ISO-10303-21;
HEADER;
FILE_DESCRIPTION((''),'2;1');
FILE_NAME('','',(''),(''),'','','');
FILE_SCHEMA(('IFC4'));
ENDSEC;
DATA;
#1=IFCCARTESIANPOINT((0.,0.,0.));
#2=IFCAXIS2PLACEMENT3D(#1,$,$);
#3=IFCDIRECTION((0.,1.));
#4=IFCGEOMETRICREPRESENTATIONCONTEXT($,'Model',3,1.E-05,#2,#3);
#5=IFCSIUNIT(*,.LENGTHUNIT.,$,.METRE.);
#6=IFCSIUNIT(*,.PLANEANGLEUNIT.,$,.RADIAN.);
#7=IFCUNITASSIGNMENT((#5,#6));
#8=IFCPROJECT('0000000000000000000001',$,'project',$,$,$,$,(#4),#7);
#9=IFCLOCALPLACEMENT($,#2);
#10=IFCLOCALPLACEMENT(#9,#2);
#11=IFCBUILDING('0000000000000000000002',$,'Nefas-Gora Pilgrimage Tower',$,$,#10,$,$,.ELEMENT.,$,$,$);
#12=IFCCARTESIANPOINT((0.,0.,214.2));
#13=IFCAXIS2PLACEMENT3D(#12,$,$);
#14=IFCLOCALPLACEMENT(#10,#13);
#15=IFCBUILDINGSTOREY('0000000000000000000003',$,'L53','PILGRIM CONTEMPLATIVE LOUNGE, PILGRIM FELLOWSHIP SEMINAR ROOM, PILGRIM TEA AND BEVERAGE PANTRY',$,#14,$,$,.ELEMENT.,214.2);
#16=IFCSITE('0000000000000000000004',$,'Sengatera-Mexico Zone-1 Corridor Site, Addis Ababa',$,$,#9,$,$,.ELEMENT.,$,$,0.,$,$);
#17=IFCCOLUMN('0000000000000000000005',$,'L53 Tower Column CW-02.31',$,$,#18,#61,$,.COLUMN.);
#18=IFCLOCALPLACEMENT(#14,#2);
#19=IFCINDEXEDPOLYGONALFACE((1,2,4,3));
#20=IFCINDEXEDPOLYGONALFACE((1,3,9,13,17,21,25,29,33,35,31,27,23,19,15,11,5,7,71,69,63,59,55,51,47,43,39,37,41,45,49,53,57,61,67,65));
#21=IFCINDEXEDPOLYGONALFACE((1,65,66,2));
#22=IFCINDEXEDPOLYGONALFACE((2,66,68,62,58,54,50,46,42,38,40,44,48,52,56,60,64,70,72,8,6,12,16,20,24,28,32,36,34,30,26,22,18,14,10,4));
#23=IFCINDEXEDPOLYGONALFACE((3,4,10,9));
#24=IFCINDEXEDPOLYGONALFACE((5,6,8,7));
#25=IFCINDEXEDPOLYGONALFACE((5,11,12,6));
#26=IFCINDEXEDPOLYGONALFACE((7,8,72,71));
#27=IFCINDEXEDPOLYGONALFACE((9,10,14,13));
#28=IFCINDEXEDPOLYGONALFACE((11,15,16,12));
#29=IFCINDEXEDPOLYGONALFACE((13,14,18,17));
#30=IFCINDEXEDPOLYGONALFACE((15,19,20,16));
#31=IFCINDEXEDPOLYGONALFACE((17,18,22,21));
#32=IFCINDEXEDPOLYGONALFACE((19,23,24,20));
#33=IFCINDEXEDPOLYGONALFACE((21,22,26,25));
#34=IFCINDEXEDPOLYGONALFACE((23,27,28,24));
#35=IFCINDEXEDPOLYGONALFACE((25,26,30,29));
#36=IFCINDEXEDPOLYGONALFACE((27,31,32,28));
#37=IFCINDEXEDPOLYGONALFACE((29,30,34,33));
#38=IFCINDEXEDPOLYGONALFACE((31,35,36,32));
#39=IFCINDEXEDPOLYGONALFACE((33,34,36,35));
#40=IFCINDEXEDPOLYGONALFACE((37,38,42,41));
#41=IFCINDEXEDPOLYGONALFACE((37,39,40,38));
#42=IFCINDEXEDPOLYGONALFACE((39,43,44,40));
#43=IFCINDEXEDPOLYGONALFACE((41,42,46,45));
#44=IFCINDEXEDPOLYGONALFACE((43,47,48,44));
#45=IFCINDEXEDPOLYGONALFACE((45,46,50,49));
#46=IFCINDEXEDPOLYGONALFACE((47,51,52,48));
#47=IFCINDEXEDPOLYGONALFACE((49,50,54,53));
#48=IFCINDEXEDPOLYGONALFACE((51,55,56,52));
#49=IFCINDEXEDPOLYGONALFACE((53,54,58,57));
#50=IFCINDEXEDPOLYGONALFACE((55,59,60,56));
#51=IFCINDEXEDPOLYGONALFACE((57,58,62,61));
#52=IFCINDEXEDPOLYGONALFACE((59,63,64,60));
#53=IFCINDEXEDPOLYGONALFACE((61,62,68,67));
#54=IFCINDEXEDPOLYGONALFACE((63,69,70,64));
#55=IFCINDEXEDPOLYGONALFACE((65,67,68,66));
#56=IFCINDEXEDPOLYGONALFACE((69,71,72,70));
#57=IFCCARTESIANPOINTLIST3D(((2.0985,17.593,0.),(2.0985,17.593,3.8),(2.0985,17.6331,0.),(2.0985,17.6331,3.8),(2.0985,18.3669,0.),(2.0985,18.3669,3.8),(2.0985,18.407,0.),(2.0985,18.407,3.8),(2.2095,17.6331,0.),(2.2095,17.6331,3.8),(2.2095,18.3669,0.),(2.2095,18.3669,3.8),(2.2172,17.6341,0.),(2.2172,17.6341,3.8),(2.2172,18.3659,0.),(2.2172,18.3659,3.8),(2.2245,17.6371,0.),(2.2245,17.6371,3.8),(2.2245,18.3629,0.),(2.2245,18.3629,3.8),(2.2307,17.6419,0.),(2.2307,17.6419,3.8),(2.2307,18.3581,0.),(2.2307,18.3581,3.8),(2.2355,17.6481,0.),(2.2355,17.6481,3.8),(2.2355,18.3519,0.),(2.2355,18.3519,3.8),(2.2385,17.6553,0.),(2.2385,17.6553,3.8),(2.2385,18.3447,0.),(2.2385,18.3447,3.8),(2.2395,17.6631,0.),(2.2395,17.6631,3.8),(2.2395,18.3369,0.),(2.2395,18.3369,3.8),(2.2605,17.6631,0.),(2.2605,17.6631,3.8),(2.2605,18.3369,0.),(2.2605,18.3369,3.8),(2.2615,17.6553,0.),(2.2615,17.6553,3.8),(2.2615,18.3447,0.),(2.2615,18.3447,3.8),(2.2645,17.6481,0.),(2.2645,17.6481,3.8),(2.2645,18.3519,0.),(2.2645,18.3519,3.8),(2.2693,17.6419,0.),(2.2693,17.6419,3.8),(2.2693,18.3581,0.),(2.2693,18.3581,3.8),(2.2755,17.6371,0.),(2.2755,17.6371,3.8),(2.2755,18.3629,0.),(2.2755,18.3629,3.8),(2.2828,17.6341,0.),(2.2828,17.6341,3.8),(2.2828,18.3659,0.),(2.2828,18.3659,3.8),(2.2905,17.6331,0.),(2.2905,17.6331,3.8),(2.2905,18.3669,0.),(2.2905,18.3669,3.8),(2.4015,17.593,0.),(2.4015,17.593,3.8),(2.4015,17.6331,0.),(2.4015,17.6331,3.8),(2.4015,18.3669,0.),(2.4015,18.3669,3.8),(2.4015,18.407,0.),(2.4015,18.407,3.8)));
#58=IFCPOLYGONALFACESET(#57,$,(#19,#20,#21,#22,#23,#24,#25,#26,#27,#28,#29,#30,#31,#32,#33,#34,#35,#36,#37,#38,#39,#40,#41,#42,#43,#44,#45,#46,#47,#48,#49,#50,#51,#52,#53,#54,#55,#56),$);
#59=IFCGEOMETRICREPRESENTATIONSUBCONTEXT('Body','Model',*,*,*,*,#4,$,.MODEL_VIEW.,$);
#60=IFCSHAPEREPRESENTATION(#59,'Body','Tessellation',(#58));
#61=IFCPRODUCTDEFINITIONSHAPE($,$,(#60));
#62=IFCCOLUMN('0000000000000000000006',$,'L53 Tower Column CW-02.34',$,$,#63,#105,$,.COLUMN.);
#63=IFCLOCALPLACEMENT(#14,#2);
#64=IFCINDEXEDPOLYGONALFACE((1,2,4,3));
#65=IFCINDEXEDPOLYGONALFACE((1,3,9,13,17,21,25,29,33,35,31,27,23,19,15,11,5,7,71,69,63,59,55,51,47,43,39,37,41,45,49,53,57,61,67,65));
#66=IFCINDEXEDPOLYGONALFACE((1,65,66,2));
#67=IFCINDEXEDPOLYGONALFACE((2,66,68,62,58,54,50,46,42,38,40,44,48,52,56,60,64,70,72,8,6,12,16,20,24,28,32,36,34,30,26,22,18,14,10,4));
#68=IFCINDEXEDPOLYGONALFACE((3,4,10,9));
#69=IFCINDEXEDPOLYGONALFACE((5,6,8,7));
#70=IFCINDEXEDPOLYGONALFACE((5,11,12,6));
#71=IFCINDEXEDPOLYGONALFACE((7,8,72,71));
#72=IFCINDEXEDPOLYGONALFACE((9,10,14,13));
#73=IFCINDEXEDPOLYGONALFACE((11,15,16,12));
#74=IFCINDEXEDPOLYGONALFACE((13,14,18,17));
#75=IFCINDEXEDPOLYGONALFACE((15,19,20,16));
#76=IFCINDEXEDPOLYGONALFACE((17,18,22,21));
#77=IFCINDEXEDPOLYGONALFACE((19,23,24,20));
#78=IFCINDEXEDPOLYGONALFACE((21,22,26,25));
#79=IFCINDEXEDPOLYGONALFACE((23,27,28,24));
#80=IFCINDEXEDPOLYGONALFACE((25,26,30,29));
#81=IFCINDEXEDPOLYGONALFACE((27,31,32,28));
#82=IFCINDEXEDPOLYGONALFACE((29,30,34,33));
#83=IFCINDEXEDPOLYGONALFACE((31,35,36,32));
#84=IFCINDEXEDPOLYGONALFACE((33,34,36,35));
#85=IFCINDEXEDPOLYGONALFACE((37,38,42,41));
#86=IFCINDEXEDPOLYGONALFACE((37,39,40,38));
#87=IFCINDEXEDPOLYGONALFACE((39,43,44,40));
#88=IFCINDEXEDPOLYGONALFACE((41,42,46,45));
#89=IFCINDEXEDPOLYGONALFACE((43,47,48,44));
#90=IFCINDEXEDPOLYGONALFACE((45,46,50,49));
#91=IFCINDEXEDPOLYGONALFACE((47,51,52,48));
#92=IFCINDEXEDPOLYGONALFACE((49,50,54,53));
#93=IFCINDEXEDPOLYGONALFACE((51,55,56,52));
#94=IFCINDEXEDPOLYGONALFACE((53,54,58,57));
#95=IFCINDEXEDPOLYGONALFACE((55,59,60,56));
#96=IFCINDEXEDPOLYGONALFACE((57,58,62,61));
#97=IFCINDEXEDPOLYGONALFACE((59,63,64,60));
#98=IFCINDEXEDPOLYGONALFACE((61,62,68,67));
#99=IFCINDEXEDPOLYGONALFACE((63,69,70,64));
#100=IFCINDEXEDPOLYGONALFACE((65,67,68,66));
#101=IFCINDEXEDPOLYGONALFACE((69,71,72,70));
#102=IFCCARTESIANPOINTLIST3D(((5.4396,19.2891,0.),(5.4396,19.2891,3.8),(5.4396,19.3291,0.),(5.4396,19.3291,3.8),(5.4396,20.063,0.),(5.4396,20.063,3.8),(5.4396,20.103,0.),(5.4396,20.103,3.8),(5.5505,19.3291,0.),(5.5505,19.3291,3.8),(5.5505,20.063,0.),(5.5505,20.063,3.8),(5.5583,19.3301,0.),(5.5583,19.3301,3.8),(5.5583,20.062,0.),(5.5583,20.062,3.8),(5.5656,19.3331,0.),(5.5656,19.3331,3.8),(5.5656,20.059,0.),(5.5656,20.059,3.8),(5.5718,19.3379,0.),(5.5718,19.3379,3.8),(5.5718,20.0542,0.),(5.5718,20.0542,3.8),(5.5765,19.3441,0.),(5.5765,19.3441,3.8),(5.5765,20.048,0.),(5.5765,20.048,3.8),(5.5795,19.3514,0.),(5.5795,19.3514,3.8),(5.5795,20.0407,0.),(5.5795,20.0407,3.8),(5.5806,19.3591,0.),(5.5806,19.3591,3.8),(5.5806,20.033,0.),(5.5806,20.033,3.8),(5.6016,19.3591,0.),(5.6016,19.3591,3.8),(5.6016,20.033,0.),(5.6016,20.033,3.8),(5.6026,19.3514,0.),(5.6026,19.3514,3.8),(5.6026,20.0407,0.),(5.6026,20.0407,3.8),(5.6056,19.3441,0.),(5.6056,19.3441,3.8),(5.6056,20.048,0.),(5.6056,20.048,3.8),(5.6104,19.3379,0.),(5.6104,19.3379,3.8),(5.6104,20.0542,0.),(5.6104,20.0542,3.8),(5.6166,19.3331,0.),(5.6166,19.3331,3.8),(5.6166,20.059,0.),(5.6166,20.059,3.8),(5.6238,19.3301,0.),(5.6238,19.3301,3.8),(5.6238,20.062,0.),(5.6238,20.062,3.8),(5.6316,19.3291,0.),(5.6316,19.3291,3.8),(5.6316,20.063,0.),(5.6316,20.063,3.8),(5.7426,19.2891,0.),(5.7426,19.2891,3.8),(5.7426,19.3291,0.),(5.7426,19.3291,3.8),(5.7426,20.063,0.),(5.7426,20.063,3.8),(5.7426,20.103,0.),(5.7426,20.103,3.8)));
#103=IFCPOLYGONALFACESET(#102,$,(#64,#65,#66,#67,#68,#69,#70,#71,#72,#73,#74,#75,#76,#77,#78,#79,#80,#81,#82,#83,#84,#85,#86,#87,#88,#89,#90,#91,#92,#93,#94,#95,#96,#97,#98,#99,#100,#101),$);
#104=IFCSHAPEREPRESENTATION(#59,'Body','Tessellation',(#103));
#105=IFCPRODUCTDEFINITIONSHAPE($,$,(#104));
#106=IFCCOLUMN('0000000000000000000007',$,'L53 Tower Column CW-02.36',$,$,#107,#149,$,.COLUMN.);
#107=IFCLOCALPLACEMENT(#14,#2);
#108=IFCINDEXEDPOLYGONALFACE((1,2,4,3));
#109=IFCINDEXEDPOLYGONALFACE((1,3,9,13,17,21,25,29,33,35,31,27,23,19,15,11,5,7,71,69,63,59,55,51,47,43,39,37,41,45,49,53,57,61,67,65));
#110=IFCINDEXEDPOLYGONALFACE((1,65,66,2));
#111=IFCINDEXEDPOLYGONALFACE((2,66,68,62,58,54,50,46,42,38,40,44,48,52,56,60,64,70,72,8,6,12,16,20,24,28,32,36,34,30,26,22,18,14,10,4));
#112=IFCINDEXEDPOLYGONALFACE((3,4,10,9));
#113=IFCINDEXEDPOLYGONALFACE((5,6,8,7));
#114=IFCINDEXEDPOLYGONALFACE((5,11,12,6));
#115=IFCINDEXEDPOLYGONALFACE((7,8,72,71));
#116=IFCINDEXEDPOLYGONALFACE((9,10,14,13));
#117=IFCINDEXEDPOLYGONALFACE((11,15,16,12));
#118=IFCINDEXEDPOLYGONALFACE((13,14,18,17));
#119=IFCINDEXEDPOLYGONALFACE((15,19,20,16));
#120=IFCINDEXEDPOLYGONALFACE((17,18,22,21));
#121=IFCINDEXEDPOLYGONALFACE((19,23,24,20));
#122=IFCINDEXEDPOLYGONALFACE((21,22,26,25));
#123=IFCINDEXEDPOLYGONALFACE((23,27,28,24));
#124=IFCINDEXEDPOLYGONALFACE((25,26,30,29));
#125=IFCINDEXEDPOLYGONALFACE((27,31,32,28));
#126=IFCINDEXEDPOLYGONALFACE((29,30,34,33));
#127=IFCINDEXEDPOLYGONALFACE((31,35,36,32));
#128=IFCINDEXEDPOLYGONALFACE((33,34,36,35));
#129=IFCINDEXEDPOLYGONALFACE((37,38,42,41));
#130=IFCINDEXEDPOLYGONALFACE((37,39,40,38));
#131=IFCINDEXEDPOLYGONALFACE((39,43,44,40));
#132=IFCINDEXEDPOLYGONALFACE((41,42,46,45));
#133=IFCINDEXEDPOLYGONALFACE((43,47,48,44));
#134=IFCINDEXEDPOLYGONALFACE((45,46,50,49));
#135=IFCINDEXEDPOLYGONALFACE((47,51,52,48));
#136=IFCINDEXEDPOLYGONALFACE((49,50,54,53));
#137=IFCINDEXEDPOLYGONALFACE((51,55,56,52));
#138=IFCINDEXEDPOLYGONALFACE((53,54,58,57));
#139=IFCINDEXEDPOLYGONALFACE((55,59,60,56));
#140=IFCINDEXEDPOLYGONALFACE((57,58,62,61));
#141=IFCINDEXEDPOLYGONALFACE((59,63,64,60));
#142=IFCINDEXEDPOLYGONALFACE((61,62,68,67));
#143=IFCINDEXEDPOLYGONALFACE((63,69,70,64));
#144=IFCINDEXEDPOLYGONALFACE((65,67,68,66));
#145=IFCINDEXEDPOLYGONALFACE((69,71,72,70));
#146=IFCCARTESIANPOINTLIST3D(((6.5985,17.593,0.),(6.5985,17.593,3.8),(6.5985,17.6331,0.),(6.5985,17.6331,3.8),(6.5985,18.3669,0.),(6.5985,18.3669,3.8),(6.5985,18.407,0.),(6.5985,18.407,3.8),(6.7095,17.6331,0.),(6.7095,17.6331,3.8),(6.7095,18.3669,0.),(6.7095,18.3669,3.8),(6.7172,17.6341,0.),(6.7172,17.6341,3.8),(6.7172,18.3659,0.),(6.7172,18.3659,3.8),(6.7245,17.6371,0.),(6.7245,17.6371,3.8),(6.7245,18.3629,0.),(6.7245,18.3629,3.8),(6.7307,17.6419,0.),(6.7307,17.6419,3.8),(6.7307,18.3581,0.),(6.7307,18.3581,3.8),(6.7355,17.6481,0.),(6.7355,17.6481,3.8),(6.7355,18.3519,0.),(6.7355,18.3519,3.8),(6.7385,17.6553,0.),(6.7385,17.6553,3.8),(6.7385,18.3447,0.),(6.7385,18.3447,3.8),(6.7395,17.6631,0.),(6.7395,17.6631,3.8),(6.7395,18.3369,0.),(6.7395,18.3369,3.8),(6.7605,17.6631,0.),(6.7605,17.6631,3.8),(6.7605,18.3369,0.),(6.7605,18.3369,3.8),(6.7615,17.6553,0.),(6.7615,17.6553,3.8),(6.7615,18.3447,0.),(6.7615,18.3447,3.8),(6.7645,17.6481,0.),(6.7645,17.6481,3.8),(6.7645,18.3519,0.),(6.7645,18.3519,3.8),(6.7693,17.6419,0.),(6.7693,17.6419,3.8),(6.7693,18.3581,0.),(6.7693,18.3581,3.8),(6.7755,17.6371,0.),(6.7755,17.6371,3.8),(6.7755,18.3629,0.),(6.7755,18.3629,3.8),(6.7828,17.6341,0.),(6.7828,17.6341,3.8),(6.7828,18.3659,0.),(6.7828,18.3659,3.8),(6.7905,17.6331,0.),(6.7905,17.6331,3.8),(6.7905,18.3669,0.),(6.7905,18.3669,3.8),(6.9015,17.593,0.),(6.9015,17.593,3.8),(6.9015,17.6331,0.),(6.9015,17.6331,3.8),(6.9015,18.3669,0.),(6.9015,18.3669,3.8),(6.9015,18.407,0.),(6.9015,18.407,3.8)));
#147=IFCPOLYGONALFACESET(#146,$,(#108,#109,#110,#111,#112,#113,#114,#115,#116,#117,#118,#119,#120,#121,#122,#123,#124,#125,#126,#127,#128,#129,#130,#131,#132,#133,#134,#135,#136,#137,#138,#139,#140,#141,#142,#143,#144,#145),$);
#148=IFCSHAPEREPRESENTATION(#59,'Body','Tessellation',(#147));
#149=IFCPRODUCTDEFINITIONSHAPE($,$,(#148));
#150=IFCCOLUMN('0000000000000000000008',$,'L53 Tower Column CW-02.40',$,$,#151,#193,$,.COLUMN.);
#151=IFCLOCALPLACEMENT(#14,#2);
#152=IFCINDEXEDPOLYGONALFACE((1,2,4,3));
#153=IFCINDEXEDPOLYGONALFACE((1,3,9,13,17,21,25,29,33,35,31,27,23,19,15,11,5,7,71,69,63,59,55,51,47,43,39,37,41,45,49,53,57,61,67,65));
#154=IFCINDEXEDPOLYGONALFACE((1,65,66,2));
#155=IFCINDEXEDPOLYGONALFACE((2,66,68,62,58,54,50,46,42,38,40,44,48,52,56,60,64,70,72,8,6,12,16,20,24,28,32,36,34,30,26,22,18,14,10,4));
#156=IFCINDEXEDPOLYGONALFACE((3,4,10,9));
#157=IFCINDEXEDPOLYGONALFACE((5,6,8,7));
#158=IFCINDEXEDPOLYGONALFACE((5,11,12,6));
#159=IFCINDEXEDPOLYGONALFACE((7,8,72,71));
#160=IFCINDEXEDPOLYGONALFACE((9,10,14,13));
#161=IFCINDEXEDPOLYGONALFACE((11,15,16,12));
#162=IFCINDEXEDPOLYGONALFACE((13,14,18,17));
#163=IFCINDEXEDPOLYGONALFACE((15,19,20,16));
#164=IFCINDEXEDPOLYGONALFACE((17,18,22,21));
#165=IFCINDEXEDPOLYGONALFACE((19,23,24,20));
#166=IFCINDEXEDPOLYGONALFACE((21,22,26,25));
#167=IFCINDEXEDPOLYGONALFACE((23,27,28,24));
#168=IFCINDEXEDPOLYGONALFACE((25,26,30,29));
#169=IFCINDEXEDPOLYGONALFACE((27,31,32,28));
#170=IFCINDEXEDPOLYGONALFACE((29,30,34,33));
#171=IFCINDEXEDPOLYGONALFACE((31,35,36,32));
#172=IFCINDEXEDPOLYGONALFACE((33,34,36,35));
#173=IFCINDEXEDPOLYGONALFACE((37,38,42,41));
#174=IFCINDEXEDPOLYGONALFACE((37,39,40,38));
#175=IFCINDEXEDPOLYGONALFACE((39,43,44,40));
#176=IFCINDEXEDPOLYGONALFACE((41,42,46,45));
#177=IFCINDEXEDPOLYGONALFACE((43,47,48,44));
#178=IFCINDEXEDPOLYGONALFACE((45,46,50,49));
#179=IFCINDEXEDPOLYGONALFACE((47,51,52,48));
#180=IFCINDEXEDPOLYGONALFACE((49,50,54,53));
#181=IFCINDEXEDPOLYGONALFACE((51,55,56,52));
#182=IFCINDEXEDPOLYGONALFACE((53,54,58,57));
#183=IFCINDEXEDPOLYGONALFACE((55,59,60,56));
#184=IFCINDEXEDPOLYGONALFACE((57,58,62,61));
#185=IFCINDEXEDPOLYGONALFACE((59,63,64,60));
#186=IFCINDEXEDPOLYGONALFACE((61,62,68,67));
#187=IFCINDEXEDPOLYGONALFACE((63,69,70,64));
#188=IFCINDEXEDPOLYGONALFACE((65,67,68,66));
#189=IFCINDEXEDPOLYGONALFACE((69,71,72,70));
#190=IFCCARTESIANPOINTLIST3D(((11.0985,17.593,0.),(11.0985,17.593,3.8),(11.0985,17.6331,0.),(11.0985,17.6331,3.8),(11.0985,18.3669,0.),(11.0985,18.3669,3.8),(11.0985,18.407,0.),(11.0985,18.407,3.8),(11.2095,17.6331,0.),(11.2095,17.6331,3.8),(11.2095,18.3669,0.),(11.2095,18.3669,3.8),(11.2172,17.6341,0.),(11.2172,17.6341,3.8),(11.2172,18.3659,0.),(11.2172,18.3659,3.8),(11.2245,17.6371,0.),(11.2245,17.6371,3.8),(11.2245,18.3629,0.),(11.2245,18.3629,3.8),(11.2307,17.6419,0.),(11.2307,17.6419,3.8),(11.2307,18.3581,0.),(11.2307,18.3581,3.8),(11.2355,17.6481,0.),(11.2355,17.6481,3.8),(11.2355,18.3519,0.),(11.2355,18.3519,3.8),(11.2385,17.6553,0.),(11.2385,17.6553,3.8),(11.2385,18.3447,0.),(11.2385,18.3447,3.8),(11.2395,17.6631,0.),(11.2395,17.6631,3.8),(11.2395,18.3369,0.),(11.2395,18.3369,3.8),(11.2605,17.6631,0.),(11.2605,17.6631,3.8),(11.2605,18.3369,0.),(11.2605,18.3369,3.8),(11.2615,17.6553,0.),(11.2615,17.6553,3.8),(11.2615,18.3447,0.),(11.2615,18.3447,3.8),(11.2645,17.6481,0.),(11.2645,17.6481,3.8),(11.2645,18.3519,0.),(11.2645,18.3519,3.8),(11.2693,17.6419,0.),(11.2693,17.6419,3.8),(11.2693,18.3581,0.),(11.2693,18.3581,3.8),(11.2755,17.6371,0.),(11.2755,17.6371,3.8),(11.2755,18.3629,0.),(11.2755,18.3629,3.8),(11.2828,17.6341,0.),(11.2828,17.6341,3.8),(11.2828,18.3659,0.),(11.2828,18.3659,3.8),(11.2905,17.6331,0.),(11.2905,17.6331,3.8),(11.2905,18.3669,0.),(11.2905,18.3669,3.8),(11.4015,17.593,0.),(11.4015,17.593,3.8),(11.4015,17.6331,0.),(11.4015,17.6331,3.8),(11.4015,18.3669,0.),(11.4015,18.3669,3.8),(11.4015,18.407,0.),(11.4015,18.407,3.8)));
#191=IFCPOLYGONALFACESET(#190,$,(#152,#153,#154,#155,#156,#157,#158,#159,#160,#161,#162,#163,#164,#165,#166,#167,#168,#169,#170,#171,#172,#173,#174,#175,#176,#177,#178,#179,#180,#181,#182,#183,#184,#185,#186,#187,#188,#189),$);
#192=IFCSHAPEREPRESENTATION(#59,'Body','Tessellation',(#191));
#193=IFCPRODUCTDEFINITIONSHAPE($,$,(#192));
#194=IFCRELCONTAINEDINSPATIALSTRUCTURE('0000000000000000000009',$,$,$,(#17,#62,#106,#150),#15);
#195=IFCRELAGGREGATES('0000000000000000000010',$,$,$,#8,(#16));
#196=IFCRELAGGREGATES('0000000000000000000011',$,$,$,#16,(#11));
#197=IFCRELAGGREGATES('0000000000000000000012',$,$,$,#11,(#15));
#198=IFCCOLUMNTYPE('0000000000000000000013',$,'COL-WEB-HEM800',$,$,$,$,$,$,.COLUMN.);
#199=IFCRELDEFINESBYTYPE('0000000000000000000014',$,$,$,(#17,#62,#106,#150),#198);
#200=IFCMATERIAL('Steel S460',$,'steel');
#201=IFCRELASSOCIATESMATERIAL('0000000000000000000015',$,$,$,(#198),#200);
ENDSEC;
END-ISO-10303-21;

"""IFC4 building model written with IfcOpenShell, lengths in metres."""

from ifc_helpers import new_model, si_unit, direction, frame, origin, origin_2d, place, context, subcontext, project, spatial, i_section, extrude, source, transform, mapped, material, material_profile, profile_set, type_object, element, save


model = new_model("IFC4")

# Units and contexts
model_context = context("Model", 3, precision=1e-05, world=origin(), true_north=direction((0.0, 1.0)))
body_context = subcontext(model_context, "Body", "Model", "MODEL_VIEW")
ifc_project = project(units=[si_unit("LENGTHUNIT", "METRE"), si_unit("PLANEANGLEUNIT", "RADIAN")], contexts=[model_context])

# Site, building, storey
site_placement = place(None, origin())
site = spatial("IfcSite", under=ifc_project, at=site_placement, Name="Sengatera-Mexico Zone-1 Corridor Site, Addis Ababa", CompositionType="ELEMENT", RefElevation=0.0)
building_placement = place(site_placement, origin())
building = spatial("IfcBuilding", under=site, at=building_placement, Name="Nefas-Gora Pilgrimage Tower", CompositionType="ELEMENT")
storey_placement = place(building_placement, frame((0.0, 0.0, 214.2)))
storey = spatial("IfcBuildingStorey", under=building, at=storey_placement, Name="L53", Description="PILGRIM CONTEMPLATIVE LOUNGE, PILGRIM FELLOWSHIP SEMINAR ROOM, PILGRIM TEA AND BEVERAGE PANTRY", CompositionType="ELEMENT", Elevation=214.2)

# Columns
ifc_material_1 = material(Name="Steel S460", Category="steel")
ifc_material_profile_1 = material_profile(ifc_material_1, i_section(OverallWidth=0.303, OverallDepth=0.814, WebThickness=0.021, FlangeThickness=0.04, FilletRadius=0.03, at=origin_2d()), Name="HEM 800")
ifc_profile_set_1 = profile_set([ifc_material_profile_1], Name="Steel S460")
column_type_1 = type_object("IfcColumnType", Name="COL-WEB-HEM800", PredefinedType="COLUMN", material=ifc_profile_set_1)
shared_shape_1 = source(origin(), body_context, "Body", "SweptSolid", [
    extrude(i_section(OverallWidth=0.303, OverallDepth=0.814, WebThickness=0.021, FlangeThickness=0.04, FilletRadius=0.03, at=origin_2d()), origin(), (0.0, 0.0, 1.0), 3.8),
])
for number, where, z_axis, x_axis, name in (
    (1, (2.25, 18.0, 0.0), (0.0, 0.0, 1.0), (1.0, 0.0, 0.0), "L53 Tower Column CW-02.31"),
    (2, (5.5911, 19.696, 0.0), (0.0, 0.0, 1.0), (1.0, 0.0, 0.0), "L53 Tower Column CW-02.34"),
    (3, (6.75, 18.0, 0.0), (0.0, 0.0, 1.0), (1.0, 0.0, 0.0), "L53 Tower Column CW-02.36"),
    (4, (11.25, 18.0, 0.0), (0.0, 0.0, 1.0), (1.0, 0.0, 0.0), "L53 Tower Column CW-02.40"),
):
    element("IfcColumn", number, at=place(storey_placement, frame(where, z_axis=z_axis, x_axis=x_axis)), inside=storey, type_object=column_type_1, Name=name, PredefinedType="COLUMN", context=body_context, shape_type="MappedRepresentation", body=[
        mapped(shared_shape_1, transform((0.0, 0.0, 0.0), x_axis=(1.0, 0.0, 0.0), y_axis=(0.0, 1.0, 0.0), z_axis=(0.0, 0.0, 1.0), scale=1.0)),
    ])

save(model, "model.ifc")
